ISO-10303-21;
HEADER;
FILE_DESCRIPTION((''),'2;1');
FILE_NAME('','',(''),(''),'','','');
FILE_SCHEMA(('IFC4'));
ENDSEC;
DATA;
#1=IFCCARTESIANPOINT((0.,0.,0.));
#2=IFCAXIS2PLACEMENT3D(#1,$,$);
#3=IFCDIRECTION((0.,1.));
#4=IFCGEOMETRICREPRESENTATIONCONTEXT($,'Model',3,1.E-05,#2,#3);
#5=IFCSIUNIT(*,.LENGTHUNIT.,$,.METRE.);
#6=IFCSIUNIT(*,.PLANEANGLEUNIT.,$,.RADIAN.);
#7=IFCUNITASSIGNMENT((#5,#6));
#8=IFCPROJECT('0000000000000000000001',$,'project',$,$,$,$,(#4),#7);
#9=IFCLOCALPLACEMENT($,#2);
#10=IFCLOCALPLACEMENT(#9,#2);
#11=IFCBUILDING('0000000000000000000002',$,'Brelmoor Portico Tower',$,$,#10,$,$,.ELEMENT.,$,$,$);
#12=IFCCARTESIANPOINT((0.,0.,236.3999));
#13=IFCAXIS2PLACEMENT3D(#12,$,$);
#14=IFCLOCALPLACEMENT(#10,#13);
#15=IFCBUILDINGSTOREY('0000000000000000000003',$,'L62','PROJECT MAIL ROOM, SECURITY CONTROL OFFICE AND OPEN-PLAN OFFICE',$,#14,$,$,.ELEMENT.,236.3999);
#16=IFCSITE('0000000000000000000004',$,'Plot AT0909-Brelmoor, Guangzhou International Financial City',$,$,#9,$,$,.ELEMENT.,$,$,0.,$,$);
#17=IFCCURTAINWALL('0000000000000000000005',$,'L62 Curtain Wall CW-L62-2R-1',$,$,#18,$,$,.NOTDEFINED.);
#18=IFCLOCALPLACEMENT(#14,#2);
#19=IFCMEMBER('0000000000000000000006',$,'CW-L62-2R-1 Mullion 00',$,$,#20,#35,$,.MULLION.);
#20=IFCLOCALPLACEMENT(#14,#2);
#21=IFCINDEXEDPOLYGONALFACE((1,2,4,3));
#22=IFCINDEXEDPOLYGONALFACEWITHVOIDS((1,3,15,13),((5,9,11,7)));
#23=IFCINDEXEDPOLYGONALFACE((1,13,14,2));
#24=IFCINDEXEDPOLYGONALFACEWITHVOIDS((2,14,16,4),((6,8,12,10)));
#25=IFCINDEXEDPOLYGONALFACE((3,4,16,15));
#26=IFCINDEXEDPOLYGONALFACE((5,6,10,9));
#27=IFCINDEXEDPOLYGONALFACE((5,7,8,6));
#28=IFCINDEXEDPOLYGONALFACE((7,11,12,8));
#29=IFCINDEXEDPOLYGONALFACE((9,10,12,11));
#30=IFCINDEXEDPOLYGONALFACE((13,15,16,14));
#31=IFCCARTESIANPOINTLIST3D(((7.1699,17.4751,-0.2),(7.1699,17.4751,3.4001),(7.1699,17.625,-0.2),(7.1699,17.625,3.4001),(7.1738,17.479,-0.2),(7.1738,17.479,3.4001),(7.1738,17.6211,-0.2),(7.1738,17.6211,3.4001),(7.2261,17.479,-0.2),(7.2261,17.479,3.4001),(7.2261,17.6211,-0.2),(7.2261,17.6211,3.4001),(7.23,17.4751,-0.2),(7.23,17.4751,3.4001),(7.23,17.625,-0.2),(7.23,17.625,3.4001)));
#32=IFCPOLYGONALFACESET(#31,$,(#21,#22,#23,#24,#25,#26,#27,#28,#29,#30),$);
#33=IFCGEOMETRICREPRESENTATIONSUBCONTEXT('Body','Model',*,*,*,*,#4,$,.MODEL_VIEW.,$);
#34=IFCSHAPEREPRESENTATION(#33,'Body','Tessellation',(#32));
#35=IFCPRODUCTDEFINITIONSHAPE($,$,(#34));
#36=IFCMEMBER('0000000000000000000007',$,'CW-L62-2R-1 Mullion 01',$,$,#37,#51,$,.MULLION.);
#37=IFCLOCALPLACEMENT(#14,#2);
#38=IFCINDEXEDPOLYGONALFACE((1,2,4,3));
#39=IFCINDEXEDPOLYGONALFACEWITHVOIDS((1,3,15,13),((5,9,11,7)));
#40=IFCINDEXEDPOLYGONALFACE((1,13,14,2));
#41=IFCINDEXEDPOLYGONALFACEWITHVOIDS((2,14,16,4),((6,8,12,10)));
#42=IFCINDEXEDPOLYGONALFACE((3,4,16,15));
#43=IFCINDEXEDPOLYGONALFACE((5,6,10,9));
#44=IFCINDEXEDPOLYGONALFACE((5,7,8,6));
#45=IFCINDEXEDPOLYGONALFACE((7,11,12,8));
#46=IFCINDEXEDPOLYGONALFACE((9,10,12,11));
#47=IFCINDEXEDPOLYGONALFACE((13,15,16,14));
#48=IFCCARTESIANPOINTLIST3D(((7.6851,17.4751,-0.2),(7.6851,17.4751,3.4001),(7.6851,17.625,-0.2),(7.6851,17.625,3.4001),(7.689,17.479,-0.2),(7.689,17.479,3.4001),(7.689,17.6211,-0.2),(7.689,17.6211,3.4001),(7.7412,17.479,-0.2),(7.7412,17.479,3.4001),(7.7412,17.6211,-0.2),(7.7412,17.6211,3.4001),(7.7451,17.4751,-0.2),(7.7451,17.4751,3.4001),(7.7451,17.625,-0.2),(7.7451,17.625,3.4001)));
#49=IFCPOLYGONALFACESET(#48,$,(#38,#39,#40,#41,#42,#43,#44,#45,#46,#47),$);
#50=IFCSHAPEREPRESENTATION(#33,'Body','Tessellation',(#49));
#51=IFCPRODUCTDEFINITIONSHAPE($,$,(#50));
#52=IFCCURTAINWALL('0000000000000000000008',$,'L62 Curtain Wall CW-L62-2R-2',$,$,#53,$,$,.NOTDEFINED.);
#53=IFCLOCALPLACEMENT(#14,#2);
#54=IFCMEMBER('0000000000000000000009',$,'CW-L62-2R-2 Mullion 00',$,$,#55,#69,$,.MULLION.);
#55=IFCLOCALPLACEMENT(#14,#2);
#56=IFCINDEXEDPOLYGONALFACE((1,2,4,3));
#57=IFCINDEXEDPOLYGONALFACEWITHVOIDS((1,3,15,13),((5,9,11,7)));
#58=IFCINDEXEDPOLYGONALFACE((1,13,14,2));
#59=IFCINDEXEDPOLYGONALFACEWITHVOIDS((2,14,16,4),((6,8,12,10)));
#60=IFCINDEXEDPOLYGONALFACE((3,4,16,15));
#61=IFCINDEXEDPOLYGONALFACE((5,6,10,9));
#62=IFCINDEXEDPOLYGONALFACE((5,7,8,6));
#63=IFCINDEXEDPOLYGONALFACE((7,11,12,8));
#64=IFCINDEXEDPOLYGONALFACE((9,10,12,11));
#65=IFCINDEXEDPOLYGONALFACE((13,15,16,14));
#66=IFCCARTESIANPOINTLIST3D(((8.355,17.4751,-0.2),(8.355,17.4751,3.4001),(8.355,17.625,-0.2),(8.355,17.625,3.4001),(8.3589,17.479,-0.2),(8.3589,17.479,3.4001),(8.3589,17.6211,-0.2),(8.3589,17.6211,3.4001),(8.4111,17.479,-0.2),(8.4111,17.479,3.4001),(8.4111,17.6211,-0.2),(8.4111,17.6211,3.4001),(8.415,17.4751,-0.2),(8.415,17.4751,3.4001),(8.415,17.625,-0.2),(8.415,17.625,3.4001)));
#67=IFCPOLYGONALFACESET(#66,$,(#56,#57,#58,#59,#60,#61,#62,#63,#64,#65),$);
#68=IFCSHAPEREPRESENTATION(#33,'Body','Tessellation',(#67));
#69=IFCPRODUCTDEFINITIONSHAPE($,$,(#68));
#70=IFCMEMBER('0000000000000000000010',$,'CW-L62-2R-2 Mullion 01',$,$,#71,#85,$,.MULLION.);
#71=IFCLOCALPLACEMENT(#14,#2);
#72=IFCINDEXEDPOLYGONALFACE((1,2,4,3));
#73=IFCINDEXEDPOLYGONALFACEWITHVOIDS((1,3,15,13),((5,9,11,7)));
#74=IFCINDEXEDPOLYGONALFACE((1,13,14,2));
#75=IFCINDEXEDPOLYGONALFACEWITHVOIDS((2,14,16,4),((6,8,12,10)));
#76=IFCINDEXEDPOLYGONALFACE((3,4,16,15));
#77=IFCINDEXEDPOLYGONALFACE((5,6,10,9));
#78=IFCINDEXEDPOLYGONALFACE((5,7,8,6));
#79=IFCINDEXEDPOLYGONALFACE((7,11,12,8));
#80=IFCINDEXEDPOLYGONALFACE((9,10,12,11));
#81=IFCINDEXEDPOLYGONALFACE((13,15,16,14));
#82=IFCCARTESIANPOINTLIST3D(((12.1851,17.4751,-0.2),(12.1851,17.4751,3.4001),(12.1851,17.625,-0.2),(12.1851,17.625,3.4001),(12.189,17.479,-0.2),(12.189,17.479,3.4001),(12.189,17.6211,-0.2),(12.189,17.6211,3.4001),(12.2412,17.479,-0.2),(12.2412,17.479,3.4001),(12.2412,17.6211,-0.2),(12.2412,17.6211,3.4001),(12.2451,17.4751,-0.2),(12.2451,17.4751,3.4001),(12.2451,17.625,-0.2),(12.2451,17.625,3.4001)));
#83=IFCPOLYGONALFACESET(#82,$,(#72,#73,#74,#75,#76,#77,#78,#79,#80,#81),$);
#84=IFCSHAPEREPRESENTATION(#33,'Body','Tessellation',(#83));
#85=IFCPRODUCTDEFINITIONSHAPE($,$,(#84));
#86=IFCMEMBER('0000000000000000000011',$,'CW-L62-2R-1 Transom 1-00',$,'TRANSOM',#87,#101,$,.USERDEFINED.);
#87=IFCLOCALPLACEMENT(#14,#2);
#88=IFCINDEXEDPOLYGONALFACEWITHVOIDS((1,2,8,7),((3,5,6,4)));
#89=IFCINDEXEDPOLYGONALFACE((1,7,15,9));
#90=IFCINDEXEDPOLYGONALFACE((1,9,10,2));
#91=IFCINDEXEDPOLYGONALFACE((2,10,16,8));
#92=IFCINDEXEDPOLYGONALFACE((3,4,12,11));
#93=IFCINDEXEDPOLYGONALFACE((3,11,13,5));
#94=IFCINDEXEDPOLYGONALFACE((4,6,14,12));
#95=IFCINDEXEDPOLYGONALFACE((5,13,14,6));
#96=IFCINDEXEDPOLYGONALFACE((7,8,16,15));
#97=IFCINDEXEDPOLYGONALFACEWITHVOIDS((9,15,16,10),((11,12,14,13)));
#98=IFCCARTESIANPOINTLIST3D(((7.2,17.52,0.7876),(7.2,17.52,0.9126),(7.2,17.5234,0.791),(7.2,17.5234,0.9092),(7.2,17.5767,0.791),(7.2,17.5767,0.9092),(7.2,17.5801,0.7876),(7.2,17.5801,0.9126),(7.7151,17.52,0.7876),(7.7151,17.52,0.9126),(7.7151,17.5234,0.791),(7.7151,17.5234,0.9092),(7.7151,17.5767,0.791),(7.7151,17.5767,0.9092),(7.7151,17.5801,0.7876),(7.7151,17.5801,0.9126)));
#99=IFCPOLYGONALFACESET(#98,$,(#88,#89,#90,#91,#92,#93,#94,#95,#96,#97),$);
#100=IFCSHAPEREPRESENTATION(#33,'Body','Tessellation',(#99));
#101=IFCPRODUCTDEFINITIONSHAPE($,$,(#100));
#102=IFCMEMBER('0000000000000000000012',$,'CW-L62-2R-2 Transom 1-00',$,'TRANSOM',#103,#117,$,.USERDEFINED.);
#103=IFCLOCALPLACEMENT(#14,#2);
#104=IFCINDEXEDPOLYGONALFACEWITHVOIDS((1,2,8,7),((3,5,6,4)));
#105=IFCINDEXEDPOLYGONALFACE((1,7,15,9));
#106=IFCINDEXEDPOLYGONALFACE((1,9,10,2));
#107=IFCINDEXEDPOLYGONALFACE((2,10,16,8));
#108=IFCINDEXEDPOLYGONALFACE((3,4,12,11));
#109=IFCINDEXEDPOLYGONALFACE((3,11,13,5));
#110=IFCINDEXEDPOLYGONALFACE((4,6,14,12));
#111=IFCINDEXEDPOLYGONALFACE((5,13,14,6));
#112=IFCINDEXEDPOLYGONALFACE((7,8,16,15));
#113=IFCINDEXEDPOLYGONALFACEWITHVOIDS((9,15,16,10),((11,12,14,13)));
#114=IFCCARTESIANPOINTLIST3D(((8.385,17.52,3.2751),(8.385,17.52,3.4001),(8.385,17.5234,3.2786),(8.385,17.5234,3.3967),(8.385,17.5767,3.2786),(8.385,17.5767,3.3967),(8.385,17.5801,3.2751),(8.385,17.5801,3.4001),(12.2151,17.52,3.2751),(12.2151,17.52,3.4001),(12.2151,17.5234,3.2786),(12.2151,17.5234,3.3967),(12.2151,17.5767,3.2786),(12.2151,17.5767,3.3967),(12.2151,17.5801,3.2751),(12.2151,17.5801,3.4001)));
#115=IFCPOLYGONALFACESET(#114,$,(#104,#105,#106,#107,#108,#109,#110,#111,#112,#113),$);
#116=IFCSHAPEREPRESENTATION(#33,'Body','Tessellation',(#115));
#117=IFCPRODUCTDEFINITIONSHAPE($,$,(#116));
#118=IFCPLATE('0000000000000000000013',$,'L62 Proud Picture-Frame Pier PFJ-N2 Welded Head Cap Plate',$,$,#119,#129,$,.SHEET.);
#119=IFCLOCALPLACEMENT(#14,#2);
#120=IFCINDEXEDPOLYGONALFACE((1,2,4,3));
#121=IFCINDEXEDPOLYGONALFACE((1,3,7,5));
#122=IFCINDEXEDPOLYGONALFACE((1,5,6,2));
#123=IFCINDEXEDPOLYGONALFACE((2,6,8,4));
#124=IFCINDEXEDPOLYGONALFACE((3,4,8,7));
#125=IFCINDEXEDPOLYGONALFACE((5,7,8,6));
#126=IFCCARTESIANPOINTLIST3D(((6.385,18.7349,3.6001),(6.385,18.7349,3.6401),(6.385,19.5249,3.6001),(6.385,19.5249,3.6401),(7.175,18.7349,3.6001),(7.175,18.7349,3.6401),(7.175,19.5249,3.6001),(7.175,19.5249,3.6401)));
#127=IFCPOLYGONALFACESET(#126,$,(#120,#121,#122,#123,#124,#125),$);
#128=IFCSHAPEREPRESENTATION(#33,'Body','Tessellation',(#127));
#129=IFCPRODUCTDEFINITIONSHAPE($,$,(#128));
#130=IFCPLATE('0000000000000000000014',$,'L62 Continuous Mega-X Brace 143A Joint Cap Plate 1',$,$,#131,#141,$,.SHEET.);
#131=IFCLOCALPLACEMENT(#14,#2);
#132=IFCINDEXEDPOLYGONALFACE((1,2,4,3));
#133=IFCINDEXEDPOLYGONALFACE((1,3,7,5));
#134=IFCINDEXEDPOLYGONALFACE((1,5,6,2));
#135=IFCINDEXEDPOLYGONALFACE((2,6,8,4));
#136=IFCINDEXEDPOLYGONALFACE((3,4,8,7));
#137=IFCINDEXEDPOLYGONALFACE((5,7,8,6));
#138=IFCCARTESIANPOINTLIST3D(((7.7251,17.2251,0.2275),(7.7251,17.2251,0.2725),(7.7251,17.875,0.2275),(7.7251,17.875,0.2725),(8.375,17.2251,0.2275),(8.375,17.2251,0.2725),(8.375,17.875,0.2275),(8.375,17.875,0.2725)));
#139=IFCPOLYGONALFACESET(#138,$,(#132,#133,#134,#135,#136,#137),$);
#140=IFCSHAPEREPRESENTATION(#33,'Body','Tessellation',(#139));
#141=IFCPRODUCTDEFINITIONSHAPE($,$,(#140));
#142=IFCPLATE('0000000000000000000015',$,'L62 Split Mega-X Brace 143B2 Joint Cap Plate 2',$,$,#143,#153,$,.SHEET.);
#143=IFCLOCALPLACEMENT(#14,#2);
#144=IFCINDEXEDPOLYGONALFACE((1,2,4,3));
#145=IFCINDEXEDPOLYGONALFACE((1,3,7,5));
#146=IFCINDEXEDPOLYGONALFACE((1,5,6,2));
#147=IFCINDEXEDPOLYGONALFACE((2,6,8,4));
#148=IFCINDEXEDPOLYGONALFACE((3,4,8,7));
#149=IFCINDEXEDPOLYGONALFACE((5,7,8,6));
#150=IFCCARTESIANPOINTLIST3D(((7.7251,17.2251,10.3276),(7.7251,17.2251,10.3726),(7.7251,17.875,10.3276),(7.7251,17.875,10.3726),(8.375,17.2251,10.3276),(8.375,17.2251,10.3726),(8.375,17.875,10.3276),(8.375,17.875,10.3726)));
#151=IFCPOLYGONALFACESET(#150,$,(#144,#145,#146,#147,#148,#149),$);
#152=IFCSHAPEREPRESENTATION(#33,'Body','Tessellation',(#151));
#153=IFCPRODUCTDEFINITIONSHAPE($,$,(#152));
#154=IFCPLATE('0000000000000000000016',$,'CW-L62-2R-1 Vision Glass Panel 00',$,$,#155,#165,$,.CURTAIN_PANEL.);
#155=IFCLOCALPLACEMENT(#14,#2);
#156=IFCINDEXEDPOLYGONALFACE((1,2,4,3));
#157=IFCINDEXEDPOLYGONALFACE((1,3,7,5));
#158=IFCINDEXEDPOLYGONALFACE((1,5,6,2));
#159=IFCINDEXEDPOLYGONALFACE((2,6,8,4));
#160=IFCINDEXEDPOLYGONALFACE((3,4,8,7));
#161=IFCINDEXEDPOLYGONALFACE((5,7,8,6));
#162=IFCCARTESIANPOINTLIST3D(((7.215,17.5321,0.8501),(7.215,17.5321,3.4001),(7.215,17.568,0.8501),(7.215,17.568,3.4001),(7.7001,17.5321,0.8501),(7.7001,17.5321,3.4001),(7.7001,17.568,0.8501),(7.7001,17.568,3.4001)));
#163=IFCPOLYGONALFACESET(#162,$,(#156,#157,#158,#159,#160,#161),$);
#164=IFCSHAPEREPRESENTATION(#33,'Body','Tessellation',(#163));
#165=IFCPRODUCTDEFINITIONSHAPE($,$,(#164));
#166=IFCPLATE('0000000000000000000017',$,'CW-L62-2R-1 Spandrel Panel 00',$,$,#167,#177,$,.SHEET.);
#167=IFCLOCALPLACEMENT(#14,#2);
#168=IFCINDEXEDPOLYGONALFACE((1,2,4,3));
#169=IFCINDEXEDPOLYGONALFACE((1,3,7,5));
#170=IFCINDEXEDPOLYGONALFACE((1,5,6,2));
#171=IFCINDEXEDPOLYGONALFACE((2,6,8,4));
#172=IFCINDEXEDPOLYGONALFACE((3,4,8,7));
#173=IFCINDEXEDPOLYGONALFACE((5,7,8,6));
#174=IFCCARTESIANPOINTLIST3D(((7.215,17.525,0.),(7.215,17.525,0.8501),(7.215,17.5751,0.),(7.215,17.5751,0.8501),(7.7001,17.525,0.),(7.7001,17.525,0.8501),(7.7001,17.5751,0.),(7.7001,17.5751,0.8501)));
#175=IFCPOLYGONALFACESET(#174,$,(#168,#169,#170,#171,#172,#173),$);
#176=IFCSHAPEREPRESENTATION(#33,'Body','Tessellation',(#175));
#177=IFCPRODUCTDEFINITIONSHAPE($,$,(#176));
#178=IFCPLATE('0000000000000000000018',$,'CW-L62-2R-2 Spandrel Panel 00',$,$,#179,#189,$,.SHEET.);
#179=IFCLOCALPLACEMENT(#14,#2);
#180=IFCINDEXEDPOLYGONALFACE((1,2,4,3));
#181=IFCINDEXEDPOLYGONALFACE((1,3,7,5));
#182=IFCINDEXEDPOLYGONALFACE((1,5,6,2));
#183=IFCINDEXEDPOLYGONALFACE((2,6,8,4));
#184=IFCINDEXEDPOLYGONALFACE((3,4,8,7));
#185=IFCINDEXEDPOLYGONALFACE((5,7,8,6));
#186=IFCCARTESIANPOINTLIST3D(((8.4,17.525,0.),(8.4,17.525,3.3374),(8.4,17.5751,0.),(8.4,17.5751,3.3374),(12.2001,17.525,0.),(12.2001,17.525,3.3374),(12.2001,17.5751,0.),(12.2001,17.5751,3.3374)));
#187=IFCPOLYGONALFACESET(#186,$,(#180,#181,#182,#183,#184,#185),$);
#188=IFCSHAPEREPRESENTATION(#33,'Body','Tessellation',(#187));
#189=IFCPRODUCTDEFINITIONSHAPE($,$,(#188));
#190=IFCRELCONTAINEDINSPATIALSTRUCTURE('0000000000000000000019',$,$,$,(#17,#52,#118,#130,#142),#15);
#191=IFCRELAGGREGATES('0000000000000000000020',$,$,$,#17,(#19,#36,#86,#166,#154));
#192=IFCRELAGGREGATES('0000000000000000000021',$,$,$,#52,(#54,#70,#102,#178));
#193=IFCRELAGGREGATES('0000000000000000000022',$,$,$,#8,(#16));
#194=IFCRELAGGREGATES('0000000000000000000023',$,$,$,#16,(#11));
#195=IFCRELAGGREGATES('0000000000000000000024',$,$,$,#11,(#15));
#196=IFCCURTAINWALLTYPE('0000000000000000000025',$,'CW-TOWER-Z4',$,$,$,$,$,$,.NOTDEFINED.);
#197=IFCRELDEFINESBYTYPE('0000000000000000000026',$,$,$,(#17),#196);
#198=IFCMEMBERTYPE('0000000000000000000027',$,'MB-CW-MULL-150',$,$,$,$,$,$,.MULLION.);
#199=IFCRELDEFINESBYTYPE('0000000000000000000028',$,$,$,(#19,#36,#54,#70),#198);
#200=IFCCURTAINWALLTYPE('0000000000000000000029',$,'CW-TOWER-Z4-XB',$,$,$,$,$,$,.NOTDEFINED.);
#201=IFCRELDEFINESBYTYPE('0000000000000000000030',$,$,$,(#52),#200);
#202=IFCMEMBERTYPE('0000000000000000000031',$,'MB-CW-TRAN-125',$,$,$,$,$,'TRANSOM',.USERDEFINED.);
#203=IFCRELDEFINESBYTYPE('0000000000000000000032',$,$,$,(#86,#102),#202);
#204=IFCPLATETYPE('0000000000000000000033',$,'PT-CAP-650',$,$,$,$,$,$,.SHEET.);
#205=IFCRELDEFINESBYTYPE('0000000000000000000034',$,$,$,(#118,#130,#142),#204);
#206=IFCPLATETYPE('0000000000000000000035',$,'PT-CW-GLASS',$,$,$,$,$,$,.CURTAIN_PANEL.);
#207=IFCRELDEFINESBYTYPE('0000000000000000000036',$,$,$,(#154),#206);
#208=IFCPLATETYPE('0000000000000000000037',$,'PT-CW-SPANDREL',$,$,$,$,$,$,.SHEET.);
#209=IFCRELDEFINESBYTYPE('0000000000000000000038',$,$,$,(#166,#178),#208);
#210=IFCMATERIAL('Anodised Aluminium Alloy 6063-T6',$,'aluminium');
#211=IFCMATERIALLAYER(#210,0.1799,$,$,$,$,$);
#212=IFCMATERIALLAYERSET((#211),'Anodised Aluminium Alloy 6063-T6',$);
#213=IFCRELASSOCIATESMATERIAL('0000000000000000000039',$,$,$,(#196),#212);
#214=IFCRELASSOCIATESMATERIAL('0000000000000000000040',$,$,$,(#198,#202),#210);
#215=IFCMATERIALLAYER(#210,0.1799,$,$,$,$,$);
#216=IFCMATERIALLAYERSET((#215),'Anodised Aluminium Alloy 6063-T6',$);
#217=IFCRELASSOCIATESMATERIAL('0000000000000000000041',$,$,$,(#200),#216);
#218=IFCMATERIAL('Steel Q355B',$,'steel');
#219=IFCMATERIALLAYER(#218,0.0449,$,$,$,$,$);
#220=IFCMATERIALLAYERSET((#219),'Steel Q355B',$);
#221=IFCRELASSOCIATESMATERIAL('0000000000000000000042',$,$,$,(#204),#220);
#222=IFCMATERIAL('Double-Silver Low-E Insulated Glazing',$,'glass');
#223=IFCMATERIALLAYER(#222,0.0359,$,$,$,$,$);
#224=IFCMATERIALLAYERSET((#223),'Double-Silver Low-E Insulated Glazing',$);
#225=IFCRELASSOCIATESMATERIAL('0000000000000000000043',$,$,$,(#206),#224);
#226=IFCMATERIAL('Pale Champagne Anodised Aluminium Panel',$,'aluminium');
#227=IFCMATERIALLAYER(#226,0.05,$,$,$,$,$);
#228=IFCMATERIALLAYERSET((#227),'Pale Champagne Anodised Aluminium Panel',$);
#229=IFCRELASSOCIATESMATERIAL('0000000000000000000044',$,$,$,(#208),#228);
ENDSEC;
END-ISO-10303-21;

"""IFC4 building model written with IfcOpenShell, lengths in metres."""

from ifc_helpers import new_model, si_unit, direction, frame, origin, origin_2d, place, context, subcontext, project, spatial, rectangle, hollow_rectangle, extrude, material, layer, layer_set, material_profile, profile_set, type_object, element, aggregate, save


model = new_model("IFC4")

# Units and contexts
model_context = context("Model", 3, precision=1e-05, world=origin(), true_north=direction((0.0, 1.0)))
body_context = subcontext(model_context, "Body", "Model", "MODEL_VIEW")
ifc_project = project(units=[si_unit("LENGTHUNIT", "METRE"), si_unit("PLANEANGLEUNIT", "RADIAN")], contexts=[model_context])

# Site, building, storey
site_placement = place(None, origin())
site = spatial("IfcSite", under=ifc_project, at=site_placement, Name="Plot AT0909-Brelmoor, Guangzhou International Financial City", CompositionType="ELEMENT", RefElevation=0.0)
building_placement = place(site_placement, origin())
building = spatial("IfcBuilding", under=site, at=building_placement, Name="Brelmoor Portico Tower", CompositionType="ELEMENT")
storey_placement = place(building_placement, frame((0.0, 0.0, 236.3999)))
storey = spatial("IfcBuildingStorey", under=building, at=storey_placement, Name="L62", Description="PROJECT MAIL ROOM, SECURITY CONTROL OFFICE AND OPEN-PLAN OFFICE", CompositionType="ELEMENT", Elevation=236.3999)

# Shared definitions
ifc_material_1 = material(Name="Steel Q355B", Category="steel")

# Curtain walls, members
ifc_material_2 = material(Name="Anodised Aluminium Alloy 6063-T6", Category="aluminium")
ifc_layer_1 = layer(ifc_material_2, 0.1799)
ifc_layer_set_1 = layer_set([ifc_layer_1], Name="Anodised Aluminium Alloy 6063-T6")
curtain_wall_type_1 = type_object("IfcCurtainWallType", Name="CW-TOWER-Z4", PredefinedType="NOTDEFINED", material=ifc_layer_set_1)
curtain_wall_1_placement = place(storey_placement, origin())
curtain_wall_1 = element("IfcCurtainWall", 1, at=curtain_wall_1_placement, inside=storey, type_object=curtain_wall_type_1, Name="L62 Curtain Wall CW-L62-2R-1", PredefinedType="NOTDEFINED")
ifc_material_profile_1 = material_profile(ifc_material_2, hollow_rectangle(XDim=0.0601, YDim=0.1499, WallThickness=0.0039, at=origin_2d()), Name="ALU MULLION 60x150")
ifc_profile_set_1 = profile_set([ifc_material_profile_1], Name="Anodised Aluminium Alloy 6063-T6")
member_type_1 = type_object("IfcMemberType", Name="MB-CW-MULL-150", PredefinedType="MULLION", material=ifc_profile_set_1)
member_1_placement = place(storey_placement, frame((7.2, 17.55, -0.2), z_axis=(0.0, 0.0, 1.0), x_axis=(1.0, 0.0, 0.0)))
member_1 = element("IfcMember", 2, at=member_1_placement, type_object=member_type_1, Name="CW-L62-2R-1 Mullion 00", PredefinedType="MULLION", context=body_context, shape_type="SweptSolid", body=[
    extrude(hollow_rectangle(XDim=0.0601, YDim=0.1499, WallThickness=0.0039, at=origin_2d()), origin(), (0.0, 0.0, 1.0), 3.6001),
])
member_2_placement = place(storey_placement, frame((7.7151, 17.55, -0.2), z_axis=(0.0, 0.0, 1.0), x_axis=(1.0, 0.0, 0.0)))
member_2 = element("IfcMember", 3, at=member_2_placement, type_object=member_type_1, Name="CW-L62-2R-1 Mullion 01", PredefinedType="MULLION", context=body_context, shape_type="SweptSolid", body=[
    extrude(hollow_rectangle(XDim=0.0601, YDim=0.1499, WallThickness=0.0039, at=origin_2d()), origin(), (0.0, 0.0, 1.0), 3.6001),
])
ifc_layer_2 = layer(ifc_material_2, 0.1799)
ifc_layer_set_2 = layer_set([ifc_layer_2], Name="Anodised Aluminium Alloy 6063-T6")
curtain_wall_type_2 = type_object("IfcCurtainWallType", Name="CW-TOWER-Z4-XB", PredefinedType="NOTDEFINED", material=ifc_layer_set_2)
curtain_wall_2_placement = place(storey_placement, origin())
curtain_wall_2 = element("IfcCurtainWall", 4, at=curtain_wall_2_placement, inside=storey, type_object=curtain_wall_type_2, Name="L62 Curtain Wall CW-L62-2R-2", PredefinedType="NOTDEFINED")
member_3_placement = place(storey_placement, frame((8.385, 17.55, -0.2), z_axis=(0.0, 0.0, 1.0), x_axis=(1.0, 0.0, 0.0)))
member_3 = element("IfcMember", 5, at=member_3_placement, type_object=member_type_1, Name="CW-L62-2R-2 Mullion 00", PredefinedType="MULLION", context=body_context, shape_type="SweptSolid", body=[
    extrude(hollow_rectangle(XDim=0.0601, YDim=0.1499, WallThickness=0.0039, at=origin_2d()), origin(), (0.0, 0.0, 1.0), 3.6001),
])
member_4_placement = place(storey_placement, frame((12.2151, 17.55, -0.2), z_axis=(0.0, 0.0, 1.0), x_axis=(1.0, 0.0, 0.0)))
member_4 = element("IfcMember", 6, at=member_4_placement, type_object=member_type_1, Name="CW-L62-2R-2 Mullion 01", PredefinedType="MULLION", context=body_context, shape_type="SweptSolid", body=[
    extrude(hollow_rectangle(XDim=0.0601, YDim=0.1499, WallThickness=0.0039, at=origin_2d()), origin(), (0.0, 0.0, 1.0), 3.6001),
])

# Members
ifc_material_profile_2 = material_profile(ifc_material_2, hollow_rectangle(XDim=0.0601, YDim=0.125, WallThickness=0.0034, at=origin_2d()), Name="ALU TRANSOM 60x125")
ifc_profile_set_2 = profile_set([ifc_material_profile_2], Name="Anodised Aluminium Alloy 6063-T6")
member_type_2 = type_object("IfcMemberType", Name="MB-CW-TRAN-125", ElementType="TRANSOM", PredefinedType="USERDEFINED", material=ifc_profile_set_2)
member_5_placement = place(storey_placement, frame((7.2, 17.55, 0.8501), z_axis=(1.0, 0.0, 0.0), x_axis=(0.0, 1.0, 0.0)))
member_5 = element("IfcMember", 7, at=member_5_placement, type_object=member_type_2, Name="CW-L62-2R-1 Transom 1-00", ObjectType="TRANSOM", PredefinedType="USERDEFINED", context=body_context, shape_type="SweptSolid", body=[
    extrude(hollow_rectangle(XDim=0.0601, YDim=0.125, WallThickness=0.0034, at=origin_2d()), origin(), (0.0, 0.0, 1.0), 0.5151),
])
member_6_placement = place(storey_placement, frame((8.385, 17.55, 3.3376), z_axis=(1.0, 0.0, 0.0), x_axis=(0.0, 1.0, 0.0)))
member_6 = element("IfcMember", 8, at=member_6_placement, type_object=member_type_2, Name="CW-L62-2R-2 Transom 1-00", ObjectType="TRANSOM", PredefinedType="USERDEFINED", context=body_context, shape_type="SweptSolid", body=[
    extrude(hollow_rectangle(XDim=0.0601, YDim=0.125, WallThickness=0.0034, at=origin_2d()), origin(), (0.0, 0.0, 1.0), 3.8301),
])

# Plates
ifc_layer_3 = layer(ifc_material_1, 0.0449)
ifc_layer_set_3 = layer_set([ifc_layer_3], Name="Steel Q355B")
plate_type_1 = type_object("IfcPlateType", Name="PT-CAP-650", PredefinedType="SHEET", material=ifc_layer_set_3)
plate_1_placement = place(storey_placement, frame((6.78, 19.1299, 3.6001), z_axis=(0.0, 0.0, 1.0), x_axis=(1.0, 0.0, 0.0)))
element("IfcPlate", 9, at=plate_1_placement, inside=storey, type_object=plate_type_1, Name="L62 Proud Picture-Frame Pier PFJ-N2 Welded Head Cap Plate", PredefinedType="SHEET", context=body_context, shape_type="SweptSolid", body=[
    extrude(rectangle(XDim=0.79, YDim=0.79, at=origin_2d()), origin(), (0.0, 0.0, 1.0), 0.04),
])
for number, where, z_axis, x_axis, name in (
    (10, (8.05, 17.55, 0.2275), (0.0, 0.0, 1.0), (1.0, 0.0, 0.0), "L62 Continuous Mega-X Brace 143A Joint Cap Plate 1"),
    (11, (8.05, 17.55, 10.3276), (0.0, 0.0, 1.0), (1.0, 0.0, 0.0), "L62 Split Mega-X Brace 143B2 Joint Cap Plate 2"),
):
    element("IfcPlate", number, at=place(storey_placement, frame(where, z_axis=z_axis, x_axis=x_axis)), inside=storey, type_object=plate_type_1, Name=name, PredefinedType="SHEET", context=body_context, shape_type="SweptSolid", body=[
        extrude(rectangle(XDim=0.6499, YDim=0.6499, at=origin_2d()), origin(), (0.0, 0.0, 1.0), 0.0449),
    ])

# Plates
ifc_material_3 = material(Name="Double-Silver Low-E Insulated Glazing", Category="glass")
ifc_layer_4 = layer(ifc_material_3, 0.0359)
ifc_layer_set_4 = layer_set([ifc_layer_4], Name="Double-Silver Low-E Insulated Glazing")
plate_type_2 = type_object("IfcPlateType", Name="PT-CW-GLASS", PredefinedType="CURTAIN_PANEL", material=ifc_layer_set_4)
plate_2_placement = place(storey_placement, frame((7.4575, 17.55, 0.8501), z_axis=(0.0, 0.0, 1.0), x_axis=(1.0, 0.0, 0.0)))
plate_2 = element("IfcPlate", 12, at=plate_2_placement, type_object=plate_type_2, Name="CW-L62-2R-1 Vision Glass Panel 00", PredefinedType="CURTAIN_PANEL", context=body_context, shape_type="SweptSolid", body=[
    extrude(rectangle(XDim=0.4851, YDim=0.0359, at=origin_2d()), origin(), (0.0, 0.0, 1.0), 2.55),
])
ifc_material_4 = material(Name="Pale Champagne Anodised Aluminium Panel", Category="aluminium")
ifc_layer_5 = layer(ifc_material_4, 0.05)
ifc_layer_set_5 = layer_set([ifc_layer_5], Name="Pale Champagne Anodised Aluminium Panel")
plate_type_3 = type_object("IfcPlateType", Name="PT-CW-SPANDREL", PredefinedType="SHEET", material=ifc_layer_set_5)
plate_3_placement = place(storey_placement, frame((7.4575, 17.55, 0.0), z_axis=(0.0, 0.0, 1.0), x_axis=(1.0, 0.0, 0.0)))
plate_3 = element("IfcPlate", 13, at=plate_3_placement, type_object=plate_type_3, Name="CW-L62-2R-1 Spandrel Panel 00", PredefinedType="SHEET", context=body_context, shape_type="SweptSolid", body=[
    extrude(rectangle(XDim=0.4851, YDim=0.05, at=origin_2d()), origin(), (0.0, 0.0, 1.0), 0.8501),
])
aggregate(curtain_wall_1, [member_1, member_2, member_5, plate_3, plate_2])
plate_4_placement = place(storey_placement, frame((10.3, 17.55, 0.0), z_axis=(0.0, 0.0, 1.0), x_axis=(1.0, 0.0, 0.0)))
plate_4 = element("IfcPlate", 14, at=plate_4_placement, type_object=plate_type_3, Name="CW-L62-2R-2 Spandrel Panel 00", PredefinedType="SHEET", context=body_context, shape_type="SweptSolid", body=[
    extrude(rectangle(XDim=3.8, YDim=0.05, at=origin_2d()), origin(), (0.0, 0.0, 1.0), 3.3374),
])
aggregate(curtain_wall_2, [member_3, member_4, member_6, plate_4])

save(model, "model.ifc")
